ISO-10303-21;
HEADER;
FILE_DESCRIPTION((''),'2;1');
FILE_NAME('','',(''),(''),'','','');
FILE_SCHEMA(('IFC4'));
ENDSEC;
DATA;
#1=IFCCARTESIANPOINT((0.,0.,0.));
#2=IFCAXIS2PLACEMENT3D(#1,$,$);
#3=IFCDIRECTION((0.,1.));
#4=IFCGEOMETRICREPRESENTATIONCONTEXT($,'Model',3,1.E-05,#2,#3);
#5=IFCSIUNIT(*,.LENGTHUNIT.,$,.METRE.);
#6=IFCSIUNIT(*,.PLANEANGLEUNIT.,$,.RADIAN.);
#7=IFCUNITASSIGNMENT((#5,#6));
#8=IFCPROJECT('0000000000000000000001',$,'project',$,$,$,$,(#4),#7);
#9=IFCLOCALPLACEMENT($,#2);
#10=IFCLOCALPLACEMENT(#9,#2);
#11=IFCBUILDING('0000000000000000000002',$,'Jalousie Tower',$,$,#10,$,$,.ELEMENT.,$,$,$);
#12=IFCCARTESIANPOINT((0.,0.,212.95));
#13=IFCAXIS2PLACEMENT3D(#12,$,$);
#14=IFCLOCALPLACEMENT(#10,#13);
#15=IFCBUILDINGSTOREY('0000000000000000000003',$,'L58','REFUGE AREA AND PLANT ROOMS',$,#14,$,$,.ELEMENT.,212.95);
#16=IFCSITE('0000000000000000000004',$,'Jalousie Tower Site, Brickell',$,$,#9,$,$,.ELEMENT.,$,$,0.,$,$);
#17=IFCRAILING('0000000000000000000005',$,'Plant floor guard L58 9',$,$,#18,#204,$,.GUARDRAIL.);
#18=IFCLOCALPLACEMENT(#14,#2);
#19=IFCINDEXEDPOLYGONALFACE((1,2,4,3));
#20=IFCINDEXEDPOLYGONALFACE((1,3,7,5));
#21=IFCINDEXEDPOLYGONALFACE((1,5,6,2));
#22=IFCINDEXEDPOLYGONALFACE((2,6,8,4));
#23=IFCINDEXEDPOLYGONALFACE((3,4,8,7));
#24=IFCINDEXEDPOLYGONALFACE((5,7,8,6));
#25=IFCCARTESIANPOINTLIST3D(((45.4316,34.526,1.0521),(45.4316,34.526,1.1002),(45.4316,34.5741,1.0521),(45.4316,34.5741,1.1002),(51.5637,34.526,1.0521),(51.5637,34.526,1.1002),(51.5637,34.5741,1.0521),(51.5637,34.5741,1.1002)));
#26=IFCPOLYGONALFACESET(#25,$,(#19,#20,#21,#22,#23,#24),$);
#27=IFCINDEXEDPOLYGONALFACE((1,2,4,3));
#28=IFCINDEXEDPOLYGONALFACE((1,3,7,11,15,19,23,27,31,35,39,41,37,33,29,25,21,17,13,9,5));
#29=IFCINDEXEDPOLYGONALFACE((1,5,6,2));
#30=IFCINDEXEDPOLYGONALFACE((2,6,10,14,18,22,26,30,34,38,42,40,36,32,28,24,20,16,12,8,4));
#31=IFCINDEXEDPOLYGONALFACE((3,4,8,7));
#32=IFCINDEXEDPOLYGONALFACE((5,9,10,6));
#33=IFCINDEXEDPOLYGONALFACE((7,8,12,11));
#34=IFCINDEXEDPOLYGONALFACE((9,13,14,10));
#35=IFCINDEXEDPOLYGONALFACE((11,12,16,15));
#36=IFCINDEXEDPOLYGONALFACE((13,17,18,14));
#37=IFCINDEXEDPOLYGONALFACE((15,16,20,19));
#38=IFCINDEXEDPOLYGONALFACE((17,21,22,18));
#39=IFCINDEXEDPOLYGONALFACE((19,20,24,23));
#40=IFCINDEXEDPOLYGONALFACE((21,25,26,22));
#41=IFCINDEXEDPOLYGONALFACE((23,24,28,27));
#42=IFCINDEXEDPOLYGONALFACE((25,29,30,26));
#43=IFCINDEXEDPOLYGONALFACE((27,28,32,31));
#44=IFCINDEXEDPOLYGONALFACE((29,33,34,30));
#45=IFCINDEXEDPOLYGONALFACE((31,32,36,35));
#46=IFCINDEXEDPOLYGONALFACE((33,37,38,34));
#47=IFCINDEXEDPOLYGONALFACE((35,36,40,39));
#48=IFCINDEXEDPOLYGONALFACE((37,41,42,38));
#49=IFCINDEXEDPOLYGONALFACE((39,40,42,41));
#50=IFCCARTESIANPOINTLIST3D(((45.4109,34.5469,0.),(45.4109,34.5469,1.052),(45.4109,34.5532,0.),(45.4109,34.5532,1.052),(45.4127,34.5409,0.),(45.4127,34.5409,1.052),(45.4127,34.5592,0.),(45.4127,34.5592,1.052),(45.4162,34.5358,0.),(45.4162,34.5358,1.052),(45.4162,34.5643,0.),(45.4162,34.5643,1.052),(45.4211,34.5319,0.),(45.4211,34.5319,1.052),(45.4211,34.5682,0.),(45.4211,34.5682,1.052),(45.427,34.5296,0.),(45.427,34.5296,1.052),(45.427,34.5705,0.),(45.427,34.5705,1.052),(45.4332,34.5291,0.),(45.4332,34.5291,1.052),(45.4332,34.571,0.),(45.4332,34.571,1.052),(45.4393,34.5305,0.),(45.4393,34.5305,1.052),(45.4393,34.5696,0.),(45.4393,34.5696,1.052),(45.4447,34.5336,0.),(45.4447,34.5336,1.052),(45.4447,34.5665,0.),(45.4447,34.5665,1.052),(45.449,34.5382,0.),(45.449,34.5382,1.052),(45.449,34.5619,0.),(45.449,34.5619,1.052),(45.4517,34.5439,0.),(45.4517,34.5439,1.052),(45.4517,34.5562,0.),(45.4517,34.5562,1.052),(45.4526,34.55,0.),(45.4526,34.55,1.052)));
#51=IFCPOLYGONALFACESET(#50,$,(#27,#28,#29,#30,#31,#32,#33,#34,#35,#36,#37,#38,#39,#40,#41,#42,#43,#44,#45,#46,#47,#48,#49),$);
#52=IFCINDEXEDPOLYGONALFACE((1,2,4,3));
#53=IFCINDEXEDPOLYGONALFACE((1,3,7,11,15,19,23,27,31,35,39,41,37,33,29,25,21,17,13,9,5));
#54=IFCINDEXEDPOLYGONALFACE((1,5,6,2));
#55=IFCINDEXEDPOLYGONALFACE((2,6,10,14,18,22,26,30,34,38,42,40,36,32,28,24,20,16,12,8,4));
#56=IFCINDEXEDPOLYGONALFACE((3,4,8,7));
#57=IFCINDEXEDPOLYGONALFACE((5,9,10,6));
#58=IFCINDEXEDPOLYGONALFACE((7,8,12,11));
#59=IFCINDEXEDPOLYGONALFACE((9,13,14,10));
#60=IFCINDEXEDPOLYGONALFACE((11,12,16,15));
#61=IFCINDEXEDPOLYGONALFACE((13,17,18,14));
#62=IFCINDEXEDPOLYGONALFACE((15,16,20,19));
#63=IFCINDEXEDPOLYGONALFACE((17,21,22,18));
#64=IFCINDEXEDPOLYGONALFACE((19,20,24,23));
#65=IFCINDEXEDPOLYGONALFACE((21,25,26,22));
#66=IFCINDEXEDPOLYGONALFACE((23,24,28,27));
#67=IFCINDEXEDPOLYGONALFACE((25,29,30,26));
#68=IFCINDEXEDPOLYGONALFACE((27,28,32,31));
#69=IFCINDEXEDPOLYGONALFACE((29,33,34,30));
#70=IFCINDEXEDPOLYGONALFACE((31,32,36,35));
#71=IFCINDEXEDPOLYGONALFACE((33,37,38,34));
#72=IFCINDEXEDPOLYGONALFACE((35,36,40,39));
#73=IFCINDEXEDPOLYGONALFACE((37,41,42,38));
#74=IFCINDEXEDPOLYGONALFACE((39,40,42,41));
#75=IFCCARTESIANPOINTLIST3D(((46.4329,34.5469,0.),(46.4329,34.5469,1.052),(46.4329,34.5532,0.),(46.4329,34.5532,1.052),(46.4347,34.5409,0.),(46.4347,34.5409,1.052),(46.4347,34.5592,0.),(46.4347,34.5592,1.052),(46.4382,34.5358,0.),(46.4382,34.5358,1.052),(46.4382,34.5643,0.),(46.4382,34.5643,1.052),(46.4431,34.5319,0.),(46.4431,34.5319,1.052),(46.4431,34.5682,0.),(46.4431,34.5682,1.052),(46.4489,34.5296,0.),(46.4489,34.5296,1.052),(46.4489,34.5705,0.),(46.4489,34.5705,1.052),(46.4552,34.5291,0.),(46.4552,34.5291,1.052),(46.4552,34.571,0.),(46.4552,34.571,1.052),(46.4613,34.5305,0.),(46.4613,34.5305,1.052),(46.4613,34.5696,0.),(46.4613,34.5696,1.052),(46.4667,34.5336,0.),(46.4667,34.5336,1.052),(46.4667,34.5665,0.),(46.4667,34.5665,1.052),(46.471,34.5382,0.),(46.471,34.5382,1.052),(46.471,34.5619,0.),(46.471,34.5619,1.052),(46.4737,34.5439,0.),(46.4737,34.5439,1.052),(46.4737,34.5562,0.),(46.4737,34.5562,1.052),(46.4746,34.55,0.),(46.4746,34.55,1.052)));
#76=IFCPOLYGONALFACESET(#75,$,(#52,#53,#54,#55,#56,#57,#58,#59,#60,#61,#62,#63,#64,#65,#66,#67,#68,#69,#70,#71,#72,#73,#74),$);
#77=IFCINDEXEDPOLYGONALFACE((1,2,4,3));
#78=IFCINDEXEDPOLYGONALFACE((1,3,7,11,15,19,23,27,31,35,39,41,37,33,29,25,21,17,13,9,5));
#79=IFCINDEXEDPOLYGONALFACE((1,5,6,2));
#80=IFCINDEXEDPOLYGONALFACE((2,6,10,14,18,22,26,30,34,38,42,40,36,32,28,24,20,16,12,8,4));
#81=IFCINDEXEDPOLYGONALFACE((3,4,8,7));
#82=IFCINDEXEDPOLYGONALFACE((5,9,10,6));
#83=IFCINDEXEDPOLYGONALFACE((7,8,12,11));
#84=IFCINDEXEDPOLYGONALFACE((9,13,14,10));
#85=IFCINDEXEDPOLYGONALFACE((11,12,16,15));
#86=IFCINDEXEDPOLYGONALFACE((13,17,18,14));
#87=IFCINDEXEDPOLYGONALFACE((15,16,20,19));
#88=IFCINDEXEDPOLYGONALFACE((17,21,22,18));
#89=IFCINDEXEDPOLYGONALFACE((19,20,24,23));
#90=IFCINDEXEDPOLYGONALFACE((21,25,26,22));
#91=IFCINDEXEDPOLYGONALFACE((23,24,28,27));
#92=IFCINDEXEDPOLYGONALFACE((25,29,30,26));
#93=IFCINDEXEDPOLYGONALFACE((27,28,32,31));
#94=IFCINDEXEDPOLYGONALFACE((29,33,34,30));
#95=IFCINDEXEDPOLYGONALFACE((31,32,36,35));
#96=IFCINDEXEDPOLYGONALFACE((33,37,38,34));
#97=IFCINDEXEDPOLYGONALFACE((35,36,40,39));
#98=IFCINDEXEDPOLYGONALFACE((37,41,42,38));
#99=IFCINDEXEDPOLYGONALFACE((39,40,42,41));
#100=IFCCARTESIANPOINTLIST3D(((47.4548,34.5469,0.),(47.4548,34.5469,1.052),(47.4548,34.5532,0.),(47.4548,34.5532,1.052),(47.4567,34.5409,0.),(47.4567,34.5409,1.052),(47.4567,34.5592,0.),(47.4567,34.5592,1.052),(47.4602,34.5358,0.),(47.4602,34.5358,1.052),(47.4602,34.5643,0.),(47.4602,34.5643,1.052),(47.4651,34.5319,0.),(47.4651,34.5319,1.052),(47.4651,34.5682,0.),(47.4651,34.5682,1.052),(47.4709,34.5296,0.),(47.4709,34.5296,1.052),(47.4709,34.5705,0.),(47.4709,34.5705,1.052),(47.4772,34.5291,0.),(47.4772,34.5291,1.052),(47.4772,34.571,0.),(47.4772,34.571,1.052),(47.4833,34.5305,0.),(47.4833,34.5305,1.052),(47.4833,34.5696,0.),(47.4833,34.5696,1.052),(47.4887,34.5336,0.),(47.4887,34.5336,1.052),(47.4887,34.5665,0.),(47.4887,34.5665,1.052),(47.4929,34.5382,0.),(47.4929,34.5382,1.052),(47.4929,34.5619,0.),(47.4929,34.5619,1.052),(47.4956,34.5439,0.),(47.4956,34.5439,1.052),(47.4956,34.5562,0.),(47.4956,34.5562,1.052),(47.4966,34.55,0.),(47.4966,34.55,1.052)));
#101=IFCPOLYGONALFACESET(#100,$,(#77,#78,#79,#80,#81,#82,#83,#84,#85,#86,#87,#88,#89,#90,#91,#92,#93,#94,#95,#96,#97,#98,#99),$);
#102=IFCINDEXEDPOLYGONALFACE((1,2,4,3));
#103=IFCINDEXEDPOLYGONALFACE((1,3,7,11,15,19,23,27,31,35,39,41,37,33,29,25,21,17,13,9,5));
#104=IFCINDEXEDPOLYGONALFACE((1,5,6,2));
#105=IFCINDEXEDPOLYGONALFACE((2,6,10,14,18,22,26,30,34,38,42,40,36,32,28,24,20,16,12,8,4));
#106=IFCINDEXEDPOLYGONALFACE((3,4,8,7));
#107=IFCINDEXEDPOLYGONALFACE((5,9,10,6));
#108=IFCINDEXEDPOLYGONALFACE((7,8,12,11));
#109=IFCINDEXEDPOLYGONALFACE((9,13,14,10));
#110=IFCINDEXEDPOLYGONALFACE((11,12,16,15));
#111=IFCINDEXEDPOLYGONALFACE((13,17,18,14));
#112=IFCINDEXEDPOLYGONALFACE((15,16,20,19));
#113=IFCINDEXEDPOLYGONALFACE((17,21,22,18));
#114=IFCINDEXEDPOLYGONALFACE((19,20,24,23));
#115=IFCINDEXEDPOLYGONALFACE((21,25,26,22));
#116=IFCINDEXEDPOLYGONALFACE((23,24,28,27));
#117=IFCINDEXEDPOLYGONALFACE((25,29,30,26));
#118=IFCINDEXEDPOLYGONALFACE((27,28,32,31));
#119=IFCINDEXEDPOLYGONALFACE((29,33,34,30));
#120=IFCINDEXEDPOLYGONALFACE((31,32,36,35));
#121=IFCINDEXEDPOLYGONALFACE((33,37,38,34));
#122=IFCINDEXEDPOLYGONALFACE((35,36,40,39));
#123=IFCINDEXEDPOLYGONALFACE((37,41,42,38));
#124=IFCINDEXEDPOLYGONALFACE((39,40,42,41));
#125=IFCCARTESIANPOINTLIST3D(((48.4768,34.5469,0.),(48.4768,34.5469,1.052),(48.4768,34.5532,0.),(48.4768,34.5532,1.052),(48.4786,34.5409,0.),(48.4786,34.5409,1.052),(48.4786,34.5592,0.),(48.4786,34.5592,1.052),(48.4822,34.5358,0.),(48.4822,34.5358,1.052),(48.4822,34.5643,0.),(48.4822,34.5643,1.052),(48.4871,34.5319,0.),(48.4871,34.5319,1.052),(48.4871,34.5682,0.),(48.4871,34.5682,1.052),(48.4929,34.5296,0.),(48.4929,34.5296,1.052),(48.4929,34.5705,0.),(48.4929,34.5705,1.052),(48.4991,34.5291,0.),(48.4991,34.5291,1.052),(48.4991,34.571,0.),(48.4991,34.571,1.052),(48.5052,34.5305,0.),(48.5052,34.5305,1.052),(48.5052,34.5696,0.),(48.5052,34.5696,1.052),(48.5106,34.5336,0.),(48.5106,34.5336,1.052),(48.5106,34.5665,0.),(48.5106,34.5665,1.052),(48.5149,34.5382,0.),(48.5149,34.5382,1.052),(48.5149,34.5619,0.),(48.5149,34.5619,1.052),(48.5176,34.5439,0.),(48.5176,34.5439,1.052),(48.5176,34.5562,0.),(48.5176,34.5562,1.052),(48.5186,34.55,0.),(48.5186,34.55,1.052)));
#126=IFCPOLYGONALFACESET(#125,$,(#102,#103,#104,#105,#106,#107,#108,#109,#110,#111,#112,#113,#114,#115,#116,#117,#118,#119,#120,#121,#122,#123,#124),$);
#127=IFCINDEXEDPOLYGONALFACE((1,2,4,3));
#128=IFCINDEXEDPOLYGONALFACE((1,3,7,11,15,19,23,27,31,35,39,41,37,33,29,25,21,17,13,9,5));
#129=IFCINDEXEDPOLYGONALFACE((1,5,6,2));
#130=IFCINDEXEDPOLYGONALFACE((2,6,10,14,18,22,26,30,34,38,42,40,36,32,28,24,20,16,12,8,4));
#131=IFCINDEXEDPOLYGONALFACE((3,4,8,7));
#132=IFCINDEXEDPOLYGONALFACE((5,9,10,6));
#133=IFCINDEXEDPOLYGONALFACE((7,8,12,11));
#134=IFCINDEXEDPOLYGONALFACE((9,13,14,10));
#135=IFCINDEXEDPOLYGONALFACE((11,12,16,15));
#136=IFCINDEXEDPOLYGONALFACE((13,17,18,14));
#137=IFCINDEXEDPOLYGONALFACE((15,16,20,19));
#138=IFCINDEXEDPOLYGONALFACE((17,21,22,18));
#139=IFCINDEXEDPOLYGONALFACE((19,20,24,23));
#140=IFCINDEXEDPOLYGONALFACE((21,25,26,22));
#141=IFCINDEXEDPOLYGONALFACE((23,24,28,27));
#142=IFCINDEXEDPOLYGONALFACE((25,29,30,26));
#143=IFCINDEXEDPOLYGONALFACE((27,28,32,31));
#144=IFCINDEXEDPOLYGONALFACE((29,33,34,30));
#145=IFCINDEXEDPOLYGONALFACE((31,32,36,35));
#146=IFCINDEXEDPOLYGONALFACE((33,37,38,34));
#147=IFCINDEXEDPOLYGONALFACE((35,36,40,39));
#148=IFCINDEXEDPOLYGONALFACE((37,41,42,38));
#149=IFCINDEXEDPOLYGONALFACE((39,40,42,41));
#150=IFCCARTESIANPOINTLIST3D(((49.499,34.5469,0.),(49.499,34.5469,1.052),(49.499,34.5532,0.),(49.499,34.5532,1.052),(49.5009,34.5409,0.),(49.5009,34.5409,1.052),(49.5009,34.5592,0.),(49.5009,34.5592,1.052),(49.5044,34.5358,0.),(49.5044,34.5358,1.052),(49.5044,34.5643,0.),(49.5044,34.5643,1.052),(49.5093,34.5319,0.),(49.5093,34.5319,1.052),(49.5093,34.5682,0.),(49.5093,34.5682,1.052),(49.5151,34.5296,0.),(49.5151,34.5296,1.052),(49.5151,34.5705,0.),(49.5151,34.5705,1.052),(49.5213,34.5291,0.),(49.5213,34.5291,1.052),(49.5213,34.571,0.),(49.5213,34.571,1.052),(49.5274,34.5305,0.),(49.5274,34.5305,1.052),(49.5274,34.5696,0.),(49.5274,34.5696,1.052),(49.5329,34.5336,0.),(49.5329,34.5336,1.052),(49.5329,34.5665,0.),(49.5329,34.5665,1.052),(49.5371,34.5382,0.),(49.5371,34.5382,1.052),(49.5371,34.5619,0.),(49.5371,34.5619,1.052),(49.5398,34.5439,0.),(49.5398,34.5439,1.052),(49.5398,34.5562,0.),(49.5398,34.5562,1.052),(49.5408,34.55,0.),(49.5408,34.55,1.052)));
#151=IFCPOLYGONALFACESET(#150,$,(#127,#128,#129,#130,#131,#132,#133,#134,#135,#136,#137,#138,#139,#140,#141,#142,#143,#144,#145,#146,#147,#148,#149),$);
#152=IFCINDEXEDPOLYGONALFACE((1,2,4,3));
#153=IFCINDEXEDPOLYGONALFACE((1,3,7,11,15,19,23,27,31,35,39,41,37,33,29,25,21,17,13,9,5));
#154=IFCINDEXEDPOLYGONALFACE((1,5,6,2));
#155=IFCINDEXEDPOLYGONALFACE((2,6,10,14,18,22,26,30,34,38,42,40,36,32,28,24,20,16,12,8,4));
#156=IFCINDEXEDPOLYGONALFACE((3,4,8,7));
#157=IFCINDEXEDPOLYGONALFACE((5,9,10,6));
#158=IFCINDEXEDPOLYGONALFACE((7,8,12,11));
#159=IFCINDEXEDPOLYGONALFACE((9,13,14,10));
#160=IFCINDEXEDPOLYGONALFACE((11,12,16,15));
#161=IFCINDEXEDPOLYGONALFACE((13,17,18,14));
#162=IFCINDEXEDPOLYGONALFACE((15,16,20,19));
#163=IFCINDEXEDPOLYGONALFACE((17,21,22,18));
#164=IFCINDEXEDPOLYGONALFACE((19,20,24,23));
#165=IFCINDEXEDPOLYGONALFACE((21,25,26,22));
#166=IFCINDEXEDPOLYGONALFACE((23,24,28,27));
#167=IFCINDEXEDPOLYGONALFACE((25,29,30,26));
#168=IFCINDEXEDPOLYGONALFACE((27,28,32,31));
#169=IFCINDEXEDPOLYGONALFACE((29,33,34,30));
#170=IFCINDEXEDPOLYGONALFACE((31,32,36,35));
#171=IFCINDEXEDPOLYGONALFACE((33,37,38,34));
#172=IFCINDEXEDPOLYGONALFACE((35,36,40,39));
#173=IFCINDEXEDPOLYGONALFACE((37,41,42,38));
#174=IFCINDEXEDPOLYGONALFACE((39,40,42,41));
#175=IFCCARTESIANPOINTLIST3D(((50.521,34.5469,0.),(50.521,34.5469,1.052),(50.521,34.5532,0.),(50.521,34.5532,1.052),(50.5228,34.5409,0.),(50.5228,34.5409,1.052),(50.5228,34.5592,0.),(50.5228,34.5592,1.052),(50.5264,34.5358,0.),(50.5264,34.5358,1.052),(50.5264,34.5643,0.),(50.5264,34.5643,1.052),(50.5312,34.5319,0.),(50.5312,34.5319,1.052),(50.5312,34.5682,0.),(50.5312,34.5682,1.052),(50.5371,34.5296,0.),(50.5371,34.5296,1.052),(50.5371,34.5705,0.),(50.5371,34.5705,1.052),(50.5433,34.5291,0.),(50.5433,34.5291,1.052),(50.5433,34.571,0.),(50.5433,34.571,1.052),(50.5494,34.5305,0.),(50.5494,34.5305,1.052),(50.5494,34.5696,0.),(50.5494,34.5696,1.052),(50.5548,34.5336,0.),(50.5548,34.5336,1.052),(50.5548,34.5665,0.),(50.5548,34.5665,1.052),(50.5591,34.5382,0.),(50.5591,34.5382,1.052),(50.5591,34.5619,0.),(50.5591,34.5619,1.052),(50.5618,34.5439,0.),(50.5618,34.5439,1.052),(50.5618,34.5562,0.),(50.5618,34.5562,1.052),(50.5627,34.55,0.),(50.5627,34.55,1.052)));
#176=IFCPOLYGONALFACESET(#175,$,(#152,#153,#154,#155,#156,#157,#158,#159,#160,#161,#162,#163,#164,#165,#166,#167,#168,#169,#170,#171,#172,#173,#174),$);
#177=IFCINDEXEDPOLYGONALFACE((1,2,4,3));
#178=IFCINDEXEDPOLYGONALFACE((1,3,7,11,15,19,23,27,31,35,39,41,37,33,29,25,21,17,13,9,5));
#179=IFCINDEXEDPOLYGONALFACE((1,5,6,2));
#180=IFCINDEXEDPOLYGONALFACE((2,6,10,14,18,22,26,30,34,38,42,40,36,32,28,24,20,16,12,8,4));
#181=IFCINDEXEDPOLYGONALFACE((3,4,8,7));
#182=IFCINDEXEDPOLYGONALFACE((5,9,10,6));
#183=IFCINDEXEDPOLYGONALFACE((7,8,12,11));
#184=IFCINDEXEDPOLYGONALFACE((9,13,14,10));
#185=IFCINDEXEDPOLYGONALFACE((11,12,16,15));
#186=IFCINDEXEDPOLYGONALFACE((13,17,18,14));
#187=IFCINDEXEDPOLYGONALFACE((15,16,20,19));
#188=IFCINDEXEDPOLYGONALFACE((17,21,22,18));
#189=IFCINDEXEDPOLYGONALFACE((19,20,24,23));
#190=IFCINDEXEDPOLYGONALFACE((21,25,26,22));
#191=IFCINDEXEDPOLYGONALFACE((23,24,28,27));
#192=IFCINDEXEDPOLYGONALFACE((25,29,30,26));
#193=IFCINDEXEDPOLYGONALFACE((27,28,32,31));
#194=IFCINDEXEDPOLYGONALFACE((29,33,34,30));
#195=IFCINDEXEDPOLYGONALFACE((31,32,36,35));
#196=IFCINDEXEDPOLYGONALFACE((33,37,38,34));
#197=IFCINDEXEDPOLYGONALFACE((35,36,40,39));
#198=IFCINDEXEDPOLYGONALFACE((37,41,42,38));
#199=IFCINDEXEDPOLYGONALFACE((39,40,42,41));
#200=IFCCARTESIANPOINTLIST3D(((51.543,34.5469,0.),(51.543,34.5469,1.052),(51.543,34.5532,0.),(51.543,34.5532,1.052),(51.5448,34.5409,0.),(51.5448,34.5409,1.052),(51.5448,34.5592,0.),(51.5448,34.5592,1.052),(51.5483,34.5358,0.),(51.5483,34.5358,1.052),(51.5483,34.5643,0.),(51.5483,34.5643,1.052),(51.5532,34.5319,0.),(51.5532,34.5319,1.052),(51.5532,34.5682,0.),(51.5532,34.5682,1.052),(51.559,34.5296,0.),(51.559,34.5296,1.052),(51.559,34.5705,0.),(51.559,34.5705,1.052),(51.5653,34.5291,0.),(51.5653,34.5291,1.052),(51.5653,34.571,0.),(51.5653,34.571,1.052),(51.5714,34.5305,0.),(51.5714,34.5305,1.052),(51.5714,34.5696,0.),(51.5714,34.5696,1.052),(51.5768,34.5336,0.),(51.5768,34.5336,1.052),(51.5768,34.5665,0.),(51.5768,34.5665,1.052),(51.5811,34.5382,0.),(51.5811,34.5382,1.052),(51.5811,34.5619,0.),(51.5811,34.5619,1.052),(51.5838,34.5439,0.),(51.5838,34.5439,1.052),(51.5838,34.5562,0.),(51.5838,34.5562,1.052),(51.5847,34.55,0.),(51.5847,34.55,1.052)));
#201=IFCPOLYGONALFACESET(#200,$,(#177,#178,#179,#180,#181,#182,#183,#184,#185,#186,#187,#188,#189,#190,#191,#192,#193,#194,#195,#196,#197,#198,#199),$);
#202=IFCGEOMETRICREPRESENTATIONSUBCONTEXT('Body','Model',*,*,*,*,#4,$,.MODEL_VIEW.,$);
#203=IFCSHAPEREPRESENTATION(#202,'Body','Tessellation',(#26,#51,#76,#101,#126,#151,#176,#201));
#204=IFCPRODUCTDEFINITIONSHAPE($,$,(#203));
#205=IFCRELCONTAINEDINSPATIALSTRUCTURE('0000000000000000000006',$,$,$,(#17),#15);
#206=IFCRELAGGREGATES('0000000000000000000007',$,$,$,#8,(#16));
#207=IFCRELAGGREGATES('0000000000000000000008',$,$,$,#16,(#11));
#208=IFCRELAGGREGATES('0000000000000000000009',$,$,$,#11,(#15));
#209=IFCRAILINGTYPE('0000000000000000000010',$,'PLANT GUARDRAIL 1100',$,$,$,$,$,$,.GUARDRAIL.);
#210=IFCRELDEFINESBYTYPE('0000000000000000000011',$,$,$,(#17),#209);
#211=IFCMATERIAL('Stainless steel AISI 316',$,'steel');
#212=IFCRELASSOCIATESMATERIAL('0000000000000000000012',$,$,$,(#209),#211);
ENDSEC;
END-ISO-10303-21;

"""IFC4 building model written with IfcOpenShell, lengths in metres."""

from ifc_helpers import new_model, si_unit, direction, frame, origin, origin_2d, place, context, subcontext, project, spatial, rectangle, circle, extrude, material, type_object, element, save


model = new_model("IFC4")

# Units and contexts
model_context = context("Model", 3, precision=1e-05, world=origin(), true_north=direction((0.0, 1.0)))
body_context = subcontext(model_context, "Body", "Model", "MODEL_VIEW")
ifc_project = project(units=[si_unit("LENGTHUNIT", "METRE"), si_unit("PLANEANGLEUNIT", "RADIAN")], contexts=[model_context])

# Site, building, storey
site_placement = place(None, origin())
site = spatial("IfcSite", under=ifc_project, at=site_placement, Name="Jalousie Tower Site, Brickell", CompositionType="ELEMENT", RefElevation=0.0)
building_placement = place(site_placement, origin())
building = spatial("IfcBuilding", under=site, at=building_placement, Name="Jalousie Tower", CompositionType="ELEMENT")
storey_placement = place(building_placement, frame((0.0, 0.0, 212.95)))
storey = spatial("IfcBuildingStorey", under=building, at=storey_placement, Name="L58", Description="REFUGE AREA AND PLANT ROOMS", CompositionType="ELEMENT", Elevation=212.95)

# Railing
ifc_material_1 = material(Name="Stainless steel AISI 316", Category="steel")
railing_type = type_object("IfcRailingType", Name="PLANT GUARDRAIL 1100", PredefinedType="GUARDRAIL", material=ifc_material_1)
railing_1_placement = place(storey_placement, frame((45.4316, 34.55, 0.0)))
element("IfcRailing", 1, at=railing_1_placement, inside=storey, type_object=railing_type, Name="Plant floor guard L58 9", PredefinedType="GUARDRAIL", context=body_context, shape_type="SweptSolid", body=[
    extrude(rectangle(XDim=0.0481, YDim=0.0481, at=origin_2d()), frame((0.0, 0.0, 1.0762), z_axis=(1.0, 0.0, 0.0), x_axis=(0.0, 1.0, 0.0)), (0.0, 0.0, 1.0), 6.1321),
    extrude(circle(Radius=0.021, at=origin_2d()), origin(), (0.0, 0.0, 1.0), 1.052),
    extrude(circle(Radius=0.021, at=origin_2d()), frame((1.022, 0.0, 0.0)), (0.0, 0.0, 1.0), 1.052),
    extrude(circle(Radius=0.021, at=origin_2d()), frame((2.0439, 0.0, 0.0)), (0.0, 0.0, 1.0), 1.052),
    extrude(circle(Radius=0.021, at=origin_2d()), frame((3.0659, 0.0, 0.0)), (0.0, 0.0, 1.0), 1.052),
    extrude(circle(Radius=0.021, at=origin_2d()), frame((4.0881, 0.0, 0.0)), (0.0, 0.0, 1.0), 1.052),
    extrude(circle(Radius=0.021, at=origin_2d()), frame((5.1101, 0.0, 0.0)), (0.0, 0.0, 1.0), 1.052),
    extrude(circle(Radius=0.021, at=origin_2d()), frame((6.1321, 0.0, 0.0)), (0.0, 0.0, 1.0), 1.052),
])

save(model, "model.ifc")
